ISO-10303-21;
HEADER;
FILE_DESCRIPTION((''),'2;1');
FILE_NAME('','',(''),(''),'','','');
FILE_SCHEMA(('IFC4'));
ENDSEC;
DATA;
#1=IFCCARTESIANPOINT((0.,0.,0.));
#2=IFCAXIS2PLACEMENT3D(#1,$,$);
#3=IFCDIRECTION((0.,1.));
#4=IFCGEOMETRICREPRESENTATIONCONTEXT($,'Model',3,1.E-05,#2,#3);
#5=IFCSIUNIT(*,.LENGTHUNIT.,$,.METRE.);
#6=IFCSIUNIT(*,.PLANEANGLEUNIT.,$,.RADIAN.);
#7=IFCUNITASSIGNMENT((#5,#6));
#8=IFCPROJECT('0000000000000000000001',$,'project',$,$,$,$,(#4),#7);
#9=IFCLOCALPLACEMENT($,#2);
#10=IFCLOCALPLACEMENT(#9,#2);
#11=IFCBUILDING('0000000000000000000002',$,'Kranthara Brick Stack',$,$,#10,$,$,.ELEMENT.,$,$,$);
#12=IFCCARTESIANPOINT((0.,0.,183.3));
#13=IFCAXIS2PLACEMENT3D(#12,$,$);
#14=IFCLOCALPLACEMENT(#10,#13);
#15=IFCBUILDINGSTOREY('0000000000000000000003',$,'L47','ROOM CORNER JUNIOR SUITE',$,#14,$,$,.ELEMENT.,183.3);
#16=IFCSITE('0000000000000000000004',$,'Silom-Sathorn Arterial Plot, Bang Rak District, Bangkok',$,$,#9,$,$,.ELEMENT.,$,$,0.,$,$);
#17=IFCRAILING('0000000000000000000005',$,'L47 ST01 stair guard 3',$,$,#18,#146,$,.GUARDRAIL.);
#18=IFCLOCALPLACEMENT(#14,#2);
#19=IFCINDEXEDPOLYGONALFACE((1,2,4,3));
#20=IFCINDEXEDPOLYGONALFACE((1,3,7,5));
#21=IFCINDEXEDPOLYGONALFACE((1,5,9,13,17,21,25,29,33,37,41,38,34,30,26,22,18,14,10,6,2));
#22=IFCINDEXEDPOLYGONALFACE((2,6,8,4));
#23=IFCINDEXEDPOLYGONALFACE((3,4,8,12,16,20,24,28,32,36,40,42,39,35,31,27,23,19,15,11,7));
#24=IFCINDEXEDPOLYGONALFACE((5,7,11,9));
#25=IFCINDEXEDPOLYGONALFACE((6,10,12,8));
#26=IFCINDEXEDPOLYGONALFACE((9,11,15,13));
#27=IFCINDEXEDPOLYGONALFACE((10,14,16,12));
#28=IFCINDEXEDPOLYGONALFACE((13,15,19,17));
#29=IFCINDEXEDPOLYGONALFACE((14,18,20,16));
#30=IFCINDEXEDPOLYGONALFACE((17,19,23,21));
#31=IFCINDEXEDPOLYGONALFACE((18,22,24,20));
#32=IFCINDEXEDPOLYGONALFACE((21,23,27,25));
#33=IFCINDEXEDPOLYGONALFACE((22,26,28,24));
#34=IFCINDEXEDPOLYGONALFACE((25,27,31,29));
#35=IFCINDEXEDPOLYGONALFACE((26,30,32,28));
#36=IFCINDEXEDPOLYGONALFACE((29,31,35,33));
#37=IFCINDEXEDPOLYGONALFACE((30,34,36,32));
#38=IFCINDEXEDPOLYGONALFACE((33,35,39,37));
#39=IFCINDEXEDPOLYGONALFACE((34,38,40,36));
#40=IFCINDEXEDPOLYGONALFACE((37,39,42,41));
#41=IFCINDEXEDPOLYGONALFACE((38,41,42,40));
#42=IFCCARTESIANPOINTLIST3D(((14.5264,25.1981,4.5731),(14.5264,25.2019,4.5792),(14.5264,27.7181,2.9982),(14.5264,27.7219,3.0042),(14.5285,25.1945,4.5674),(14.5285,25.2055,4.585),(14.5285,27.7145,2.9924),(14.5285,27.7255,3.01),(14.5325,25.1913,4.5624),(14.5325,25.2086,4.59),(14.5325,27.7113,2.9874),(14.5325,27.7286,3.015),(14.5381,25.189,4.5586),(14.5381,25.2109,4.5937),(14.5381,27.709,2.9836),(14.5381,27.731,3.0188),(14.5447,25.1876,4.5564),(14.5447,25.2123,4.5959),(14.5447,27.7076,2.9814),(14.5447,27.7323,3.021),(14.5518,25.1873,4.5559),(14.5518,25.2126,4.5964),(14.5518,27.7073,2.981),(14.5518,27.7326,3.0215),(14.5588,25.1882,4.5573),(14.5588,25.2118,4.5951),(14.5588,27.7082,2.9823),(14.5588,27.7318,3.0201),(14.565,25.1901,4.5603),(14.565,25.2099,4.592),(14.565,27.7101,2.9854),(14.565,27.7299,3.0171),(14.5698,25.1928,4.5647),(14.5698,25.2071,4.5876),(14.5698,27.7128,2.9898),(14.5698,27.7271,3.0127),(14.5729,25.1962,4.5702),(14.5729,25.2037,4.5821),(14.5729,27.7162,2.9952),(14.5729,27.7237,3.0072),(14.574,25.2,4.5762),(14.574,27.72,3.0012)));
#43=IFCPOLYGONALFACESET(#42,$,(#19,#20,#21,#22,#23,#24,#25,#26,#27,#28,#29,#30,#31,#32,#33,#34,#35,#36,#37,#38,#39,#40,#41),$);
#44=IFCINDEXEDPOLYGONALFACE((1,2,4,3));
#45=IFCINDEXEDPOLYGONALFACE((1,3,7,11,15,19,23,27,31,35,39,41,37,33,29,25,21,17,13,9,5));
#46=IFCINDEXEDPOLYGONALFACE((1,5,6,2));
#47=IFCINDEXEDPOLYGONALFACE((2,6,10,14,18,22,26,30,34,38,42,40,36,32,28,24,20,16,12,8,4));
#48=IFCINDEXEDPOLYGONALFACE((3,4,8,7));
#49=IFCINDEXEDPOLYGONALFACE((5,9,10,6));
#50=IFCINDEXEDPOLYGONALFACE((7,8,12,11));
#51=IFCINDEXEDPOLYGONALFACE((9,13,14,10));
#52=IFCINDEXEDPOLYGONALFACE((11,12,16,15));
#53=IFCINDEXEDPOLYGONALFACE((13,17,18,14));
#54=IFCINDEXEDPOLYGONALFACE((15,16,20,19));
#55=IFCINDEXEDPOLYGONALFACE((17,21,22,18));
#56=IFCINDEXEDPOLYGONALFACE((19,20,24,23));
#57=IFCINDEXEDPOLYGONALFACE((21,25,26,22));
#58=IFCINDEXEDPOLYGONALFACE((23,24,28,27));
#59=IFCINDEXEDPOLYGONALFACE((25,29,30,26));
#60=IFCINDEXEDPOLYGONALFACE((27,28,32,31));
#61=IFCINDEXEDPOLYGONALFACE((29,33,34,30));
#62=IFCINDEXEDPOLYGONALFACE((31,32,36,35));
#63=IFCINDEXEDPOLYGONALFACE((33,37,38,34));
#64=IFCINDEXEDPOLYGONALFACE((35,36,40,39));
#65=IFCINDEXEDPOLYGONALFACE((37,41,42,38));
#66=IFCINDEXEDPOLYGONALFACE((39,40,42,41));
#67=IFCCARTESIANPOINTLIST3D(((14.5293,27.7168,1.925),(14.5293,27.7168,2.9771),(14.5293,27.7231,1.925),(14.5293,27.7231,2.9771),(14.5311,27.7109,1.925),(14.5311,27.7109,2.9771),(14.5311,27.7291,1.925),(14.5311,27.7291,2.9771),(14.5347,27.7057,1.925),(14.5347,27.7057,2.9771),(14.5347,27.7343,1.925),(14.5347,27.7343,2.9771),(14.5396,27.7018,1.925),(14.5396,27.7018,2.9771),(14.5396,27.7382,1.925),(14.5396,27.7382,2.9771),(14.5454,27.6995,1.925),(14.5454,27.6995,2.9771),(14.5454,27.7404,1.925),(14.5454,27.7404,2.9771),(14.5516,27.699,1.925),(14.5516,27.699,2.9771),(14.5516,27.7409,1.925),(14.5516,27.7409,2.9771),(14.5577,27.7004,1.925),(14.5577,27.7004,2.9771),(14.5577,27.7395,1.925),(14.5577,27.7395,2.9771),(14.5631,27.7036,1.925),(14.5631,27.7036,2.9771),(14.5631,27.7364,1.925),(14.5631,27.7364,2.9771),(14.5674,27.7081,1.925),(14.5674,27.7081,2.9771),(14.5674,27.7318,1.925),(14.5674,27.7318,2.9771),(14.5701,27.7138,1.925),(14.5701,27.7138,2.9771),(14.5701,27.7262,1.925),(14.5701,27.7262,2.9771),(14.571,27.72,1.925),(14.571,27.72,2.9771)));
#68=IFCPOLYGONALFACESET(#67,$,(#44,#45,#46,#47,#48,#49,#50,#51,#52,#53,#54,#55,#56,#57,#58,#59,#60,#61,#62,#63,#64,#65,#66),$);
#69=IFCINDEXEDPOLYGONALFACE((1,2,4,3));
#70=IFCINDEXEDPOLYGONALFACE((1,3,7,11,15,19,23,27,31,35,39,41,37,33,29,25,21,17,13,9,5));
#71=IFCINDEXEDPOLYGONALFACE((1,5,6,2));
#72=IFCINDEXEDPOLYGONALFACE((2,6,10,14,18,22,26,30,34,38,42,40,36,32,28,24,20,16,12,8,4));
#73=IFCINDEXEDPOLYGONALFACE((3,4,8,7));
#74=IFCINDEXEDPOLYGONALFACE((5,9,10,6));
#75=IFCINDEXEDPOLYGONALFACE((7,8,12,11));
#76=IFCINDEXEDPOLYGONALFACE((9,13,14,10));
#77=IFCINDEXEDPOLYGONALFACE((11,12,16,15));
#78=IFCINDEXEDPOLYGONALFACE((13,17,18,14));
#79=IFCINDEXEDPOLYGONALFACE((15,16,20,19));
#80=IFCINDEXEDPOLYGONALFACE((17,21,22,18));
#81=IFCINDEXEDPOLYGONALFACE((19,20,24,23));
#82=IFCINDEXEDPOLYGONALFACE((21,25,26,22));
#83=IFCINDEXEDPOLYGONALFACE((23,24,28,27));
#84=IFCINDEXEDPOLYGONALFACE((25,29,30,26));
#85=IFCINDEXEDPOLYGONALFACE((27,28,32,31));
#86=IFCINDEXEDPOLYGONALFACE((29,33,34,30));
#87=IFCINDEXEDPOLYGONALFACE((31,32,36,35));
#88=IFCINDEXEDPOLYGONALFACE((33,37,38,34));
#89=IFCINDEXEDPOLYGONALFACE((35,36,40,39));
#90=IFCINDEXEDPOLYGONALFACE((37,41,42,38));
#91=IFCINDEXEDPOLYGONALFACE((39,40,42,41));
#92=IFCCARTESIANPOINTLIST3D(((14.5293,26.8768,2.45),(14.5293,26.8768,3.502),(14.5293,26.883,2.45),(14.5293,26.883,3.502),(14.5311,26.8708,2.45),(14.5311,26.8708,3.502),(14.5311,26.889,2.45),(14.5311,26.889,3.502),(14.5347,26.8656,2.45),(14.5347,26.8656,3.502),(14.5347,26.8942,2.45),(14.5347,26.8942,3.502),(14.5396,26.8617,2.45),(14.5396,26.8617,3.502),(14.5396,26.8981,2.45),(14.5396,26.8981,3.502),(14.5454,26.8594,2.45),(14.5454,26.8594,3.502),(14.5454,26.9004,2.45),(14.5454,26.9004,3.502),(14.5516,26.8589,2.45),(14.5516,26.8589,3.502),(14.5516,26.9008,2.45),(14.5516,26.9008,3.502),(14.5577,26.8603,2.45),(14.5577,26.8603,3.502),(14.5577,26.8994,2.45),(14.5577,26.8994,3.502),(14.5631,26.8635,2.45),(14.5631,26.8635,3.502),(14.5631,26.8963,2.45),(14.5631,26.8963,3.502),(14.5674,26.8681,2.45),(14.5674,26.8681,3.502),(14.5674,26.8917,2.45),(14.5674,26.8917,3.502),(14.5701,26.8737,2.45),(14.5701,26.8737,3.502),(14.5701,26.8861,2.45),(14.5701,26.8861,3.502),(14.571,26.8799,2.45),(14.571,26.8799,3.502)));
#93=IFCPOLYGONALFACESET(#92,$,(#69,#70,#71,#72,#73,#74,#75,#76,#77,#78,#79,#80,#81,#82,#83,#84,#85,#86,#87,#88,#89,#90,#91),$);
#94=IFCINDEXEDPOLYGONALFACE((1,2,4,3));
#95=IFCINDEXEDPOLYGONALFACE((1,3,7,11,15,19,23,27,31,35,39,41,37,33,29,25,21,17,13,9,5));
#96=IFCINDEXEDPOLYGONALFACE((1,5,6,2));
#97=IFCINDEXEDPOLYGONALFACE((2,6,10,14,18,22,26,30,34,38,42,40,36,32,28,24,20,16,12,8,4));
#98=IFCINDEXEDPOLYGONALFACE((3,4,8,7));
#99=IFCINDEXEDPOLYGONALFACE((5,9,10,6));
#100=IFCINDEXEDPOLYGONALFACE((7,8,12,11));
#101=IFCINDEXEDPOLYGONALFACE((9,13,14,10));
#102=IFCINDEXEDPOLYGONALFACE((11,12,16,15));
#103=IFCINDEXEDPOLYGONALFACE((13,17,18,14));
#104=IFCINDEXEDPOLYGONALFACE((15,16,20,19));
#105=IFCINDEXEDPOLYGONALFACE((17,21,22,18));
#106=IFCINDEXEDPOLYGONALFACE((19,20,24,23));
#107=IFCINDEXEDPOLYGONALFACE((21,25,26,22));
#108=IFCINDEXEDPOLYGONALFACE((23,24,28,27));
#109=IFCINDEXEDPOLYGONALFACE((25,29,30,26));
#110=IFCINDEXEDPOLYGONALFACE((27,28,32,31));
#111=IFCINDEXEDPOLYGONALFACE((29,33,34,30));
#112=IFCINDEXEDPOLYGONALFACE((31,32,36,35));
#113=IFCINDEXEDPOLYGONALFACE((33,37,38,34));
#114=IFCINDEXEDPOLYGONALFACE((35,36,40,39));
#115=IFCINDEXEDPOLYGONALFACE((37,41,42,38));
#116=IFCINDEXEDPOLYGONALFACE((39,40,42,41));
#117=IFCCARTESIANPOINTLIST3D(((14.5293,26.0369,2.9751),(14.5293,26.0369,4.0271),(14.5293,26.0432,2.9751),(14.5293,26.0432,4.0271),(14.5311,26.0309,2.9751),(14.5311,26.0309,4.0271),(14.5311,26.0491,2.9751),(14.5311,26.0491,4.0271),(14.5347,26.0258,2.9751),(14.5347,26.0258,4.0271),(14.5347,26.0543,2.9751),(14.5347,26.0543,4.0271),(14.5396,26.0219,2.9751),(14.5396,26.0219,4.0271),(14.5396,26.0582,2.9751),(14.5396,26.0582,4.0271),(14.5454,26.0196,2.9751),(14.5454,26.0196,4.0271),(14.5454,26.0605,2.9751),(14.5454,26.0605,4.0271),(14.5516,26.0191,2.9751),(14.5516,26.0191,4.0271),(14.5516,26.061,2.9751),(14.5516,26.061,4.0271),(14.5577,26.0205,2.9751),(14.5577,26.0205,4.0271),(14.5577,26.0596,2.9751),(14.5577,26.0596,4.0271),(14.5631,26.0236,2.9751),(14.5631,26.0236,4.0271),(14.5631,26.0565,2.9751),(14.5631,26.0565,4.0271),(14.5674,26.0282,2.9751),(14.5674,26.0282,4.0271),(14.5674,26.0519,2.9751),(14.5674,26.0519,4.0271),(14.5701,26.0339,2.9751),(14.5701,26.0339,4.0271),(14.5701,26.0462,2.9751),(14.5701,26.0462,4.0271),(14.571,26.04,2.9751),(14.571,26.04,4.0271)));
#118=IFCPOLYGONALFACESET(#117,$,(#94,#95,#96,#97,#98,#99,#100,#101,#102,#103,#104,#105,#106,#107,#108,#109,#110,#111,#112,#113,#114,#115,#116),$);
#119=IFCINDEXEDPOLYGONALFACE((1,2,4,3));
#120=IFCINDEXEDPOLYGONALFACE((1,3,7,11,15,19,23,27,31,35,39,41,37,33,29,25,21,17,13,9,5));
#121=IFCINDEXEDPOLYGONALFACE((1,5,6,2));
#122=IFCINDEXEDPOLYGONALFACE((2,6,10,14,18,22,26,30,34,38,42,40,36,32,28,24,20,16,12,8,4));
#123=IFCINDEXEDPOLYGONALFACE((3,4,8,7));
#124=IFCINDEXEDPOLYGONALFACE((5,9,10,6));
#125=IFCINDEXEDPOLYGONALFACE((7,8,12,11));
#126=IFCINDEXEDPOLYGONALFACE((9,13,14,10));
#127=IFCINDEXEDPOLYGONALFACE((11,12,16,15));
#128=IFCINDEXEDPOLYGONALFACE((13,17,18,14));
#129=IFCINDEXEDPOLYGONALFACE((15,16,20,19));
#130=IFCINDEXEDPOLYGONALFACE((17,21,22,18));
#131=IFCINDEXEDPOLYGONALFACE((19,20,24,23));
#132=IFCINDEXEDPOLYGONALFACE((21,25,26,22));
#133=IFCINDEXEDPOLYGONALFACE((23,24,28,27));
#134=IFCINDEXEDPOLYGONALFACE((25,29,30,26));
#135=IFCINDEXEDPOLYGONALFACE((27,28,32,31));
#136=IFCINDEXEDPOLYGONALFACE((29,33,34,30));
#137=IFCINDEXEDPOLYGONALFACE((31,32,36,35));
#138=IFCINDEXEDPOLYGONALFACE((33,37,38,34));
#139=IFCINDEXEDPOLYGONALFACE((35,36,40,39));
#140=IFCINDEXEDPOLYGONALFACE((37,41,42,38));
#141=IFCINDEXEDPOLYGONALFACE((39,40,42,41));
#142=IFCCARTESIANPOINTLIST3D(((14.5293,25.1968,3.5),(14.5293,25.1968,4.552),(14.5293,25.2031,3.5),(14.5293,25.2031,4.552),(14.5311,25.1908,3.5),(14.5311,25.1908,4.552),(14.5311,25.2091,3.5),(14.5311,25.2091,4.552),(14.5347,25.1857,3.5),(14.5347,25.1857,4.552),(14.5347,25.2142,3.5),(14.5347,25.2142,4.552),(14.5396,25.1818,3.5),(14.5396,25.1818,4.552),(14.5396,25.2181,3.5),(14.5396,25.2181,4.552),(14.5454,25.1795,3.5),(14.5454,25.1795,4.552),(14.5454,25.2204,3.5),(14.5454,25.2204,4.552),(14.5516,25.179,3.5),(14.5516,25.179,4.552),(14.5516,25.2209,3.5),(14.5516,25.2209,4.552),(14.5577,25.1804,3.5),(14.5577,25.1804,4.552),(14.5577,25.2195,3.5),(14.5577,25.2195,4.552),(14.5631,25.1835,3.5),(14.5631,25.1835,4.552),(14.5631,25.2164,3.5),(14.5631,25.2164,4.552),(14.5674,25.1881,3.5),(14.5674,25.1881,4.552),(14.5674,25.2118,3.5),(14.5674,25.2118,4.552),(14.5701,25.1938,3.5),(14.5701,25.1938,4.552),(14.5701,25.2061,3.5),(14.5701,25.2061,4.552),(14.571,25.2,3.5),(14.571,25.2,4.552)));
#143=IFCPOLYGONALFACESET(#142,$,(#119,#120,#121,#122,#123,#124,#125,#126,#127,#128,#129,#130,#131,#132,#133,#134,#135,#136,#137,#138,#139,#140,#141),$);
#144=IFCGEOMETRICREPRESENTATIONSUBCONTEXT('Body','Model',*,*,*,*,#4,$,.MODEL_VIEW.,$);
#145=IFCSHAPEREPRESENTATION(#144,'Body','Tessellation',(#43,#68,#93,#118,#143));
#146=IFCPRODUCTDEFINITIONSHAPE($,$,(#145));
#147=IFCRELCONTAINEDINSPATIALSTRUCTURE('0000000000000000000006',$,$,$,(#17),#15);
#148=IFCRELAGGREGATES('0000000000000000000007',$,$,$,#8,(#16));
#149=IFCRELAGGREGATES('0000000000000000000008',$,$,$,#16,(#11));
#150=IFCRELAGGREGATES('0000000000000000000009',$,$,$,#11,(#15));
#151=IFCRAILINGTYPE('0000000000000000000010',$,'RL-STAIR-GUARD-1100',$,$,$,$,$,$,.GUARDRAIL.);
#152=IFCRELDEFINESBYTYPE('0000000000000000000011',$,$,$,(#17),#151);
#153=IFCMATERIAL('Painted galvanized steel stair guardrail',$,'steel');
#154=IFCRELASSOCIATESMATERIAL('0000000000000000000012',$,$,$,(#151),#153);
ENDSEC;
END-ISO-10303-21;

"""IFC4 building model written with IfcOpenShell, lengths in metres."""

from ifc_helpers import new_model, si_unit, direction, frame, origin, origin_2d, place, context, subcontext, project, spatial, circle, extrude, material, type_object, element, save


model = new_model("IFC4")

# Units and contexts
model_context = context("Model", 3, precision=1e-05, world=origin(), true_north=direction((0.0, 1.0)))
body_context = subcontext(model_context, "Body", "Model", "MODEL_VIEW")
ifc_project = project(units=[si_unit("LENGTHUNIT", "METRE"), si_unit("PLANEANGLEUNIT", "RADIAN")], contexts=[model_context])

# Site, building, storey
site_placement = place(None, origin())
site = spatial("IfcSite", under=ifc_project, at=site_placement, Name="Silom-Sathorn Arterial Plot, Bang Rak District, Bangkok", CompositionType="ELEMENT", RefElevation=0.0)
building_placement = place(site_placement, origin())
building = spatial("IfcBuilding", under=site, at=building_placement, Name="Kranthara Brick Stack", CompositionType="ELEMENT")
storey_placement = place(building_placement, frame((0.0, 0.0, 183.3)))
storey = spatial("IfcBuildingStorey", under=building, at=storey_placement, Name="L47", Description="ROOM CORNER JUNIOR SUITE", CompositionType="ELEMENT", Elevation=183.3)

# Railing
ifc_material_1 = material(Name="Painted galvanized steel stair guardrail", Category="steel")
railing_type_1 = type_object("IfcRailingType", Name="RL-STAIR-GUARD-1100", PredefinedType="GUARDRAIL", material=ifc_material_1)
railing_1_placement = place(storey_placement, frame((14.55, 27.72, 1.925)))
element("IfcRailing", 1, at=railing_1_placement, inside=storey, type_object=railing_type_1, Name="L47 ST01 stair guard 3", PredefinedType="GUARDRAIL", context=body_context, shape_type="SweptSolid", body=[
    extrude(circle(Radius=0.0239, at=origin_2d()), frame((0.0, 0.0, 1.0762), z_axis=(0.0, -0.848008, 0.529984), x_axis=(1.0, 0.0, 0.0)), (0.0, 0.0, 1.0), 2.9717),
    extrude(circle(Radius=0.021, at=origin_2d()), origin(), (0.0, 0.0, 1.0), 1.052),
    extrude(circle(Radius=0.021, at=origin_2d()), frame((0.0, -0.8401, 0.5249)), (0.0, 0.0, 1.0), 1.052),
    extrude(circle(Radius=0.021, at=origin_2d()), frame((0.0, -1.6799, 1.05)), (0.0, 0.0, 1.0), 1.052),
    extrude(circle(Radius=0.021, at=origin_2d()), frame((0.0, -2.52, 1.575)), (0.0, 0.0, 1.0), 1.052),
])

save(model, "model.ifc")
